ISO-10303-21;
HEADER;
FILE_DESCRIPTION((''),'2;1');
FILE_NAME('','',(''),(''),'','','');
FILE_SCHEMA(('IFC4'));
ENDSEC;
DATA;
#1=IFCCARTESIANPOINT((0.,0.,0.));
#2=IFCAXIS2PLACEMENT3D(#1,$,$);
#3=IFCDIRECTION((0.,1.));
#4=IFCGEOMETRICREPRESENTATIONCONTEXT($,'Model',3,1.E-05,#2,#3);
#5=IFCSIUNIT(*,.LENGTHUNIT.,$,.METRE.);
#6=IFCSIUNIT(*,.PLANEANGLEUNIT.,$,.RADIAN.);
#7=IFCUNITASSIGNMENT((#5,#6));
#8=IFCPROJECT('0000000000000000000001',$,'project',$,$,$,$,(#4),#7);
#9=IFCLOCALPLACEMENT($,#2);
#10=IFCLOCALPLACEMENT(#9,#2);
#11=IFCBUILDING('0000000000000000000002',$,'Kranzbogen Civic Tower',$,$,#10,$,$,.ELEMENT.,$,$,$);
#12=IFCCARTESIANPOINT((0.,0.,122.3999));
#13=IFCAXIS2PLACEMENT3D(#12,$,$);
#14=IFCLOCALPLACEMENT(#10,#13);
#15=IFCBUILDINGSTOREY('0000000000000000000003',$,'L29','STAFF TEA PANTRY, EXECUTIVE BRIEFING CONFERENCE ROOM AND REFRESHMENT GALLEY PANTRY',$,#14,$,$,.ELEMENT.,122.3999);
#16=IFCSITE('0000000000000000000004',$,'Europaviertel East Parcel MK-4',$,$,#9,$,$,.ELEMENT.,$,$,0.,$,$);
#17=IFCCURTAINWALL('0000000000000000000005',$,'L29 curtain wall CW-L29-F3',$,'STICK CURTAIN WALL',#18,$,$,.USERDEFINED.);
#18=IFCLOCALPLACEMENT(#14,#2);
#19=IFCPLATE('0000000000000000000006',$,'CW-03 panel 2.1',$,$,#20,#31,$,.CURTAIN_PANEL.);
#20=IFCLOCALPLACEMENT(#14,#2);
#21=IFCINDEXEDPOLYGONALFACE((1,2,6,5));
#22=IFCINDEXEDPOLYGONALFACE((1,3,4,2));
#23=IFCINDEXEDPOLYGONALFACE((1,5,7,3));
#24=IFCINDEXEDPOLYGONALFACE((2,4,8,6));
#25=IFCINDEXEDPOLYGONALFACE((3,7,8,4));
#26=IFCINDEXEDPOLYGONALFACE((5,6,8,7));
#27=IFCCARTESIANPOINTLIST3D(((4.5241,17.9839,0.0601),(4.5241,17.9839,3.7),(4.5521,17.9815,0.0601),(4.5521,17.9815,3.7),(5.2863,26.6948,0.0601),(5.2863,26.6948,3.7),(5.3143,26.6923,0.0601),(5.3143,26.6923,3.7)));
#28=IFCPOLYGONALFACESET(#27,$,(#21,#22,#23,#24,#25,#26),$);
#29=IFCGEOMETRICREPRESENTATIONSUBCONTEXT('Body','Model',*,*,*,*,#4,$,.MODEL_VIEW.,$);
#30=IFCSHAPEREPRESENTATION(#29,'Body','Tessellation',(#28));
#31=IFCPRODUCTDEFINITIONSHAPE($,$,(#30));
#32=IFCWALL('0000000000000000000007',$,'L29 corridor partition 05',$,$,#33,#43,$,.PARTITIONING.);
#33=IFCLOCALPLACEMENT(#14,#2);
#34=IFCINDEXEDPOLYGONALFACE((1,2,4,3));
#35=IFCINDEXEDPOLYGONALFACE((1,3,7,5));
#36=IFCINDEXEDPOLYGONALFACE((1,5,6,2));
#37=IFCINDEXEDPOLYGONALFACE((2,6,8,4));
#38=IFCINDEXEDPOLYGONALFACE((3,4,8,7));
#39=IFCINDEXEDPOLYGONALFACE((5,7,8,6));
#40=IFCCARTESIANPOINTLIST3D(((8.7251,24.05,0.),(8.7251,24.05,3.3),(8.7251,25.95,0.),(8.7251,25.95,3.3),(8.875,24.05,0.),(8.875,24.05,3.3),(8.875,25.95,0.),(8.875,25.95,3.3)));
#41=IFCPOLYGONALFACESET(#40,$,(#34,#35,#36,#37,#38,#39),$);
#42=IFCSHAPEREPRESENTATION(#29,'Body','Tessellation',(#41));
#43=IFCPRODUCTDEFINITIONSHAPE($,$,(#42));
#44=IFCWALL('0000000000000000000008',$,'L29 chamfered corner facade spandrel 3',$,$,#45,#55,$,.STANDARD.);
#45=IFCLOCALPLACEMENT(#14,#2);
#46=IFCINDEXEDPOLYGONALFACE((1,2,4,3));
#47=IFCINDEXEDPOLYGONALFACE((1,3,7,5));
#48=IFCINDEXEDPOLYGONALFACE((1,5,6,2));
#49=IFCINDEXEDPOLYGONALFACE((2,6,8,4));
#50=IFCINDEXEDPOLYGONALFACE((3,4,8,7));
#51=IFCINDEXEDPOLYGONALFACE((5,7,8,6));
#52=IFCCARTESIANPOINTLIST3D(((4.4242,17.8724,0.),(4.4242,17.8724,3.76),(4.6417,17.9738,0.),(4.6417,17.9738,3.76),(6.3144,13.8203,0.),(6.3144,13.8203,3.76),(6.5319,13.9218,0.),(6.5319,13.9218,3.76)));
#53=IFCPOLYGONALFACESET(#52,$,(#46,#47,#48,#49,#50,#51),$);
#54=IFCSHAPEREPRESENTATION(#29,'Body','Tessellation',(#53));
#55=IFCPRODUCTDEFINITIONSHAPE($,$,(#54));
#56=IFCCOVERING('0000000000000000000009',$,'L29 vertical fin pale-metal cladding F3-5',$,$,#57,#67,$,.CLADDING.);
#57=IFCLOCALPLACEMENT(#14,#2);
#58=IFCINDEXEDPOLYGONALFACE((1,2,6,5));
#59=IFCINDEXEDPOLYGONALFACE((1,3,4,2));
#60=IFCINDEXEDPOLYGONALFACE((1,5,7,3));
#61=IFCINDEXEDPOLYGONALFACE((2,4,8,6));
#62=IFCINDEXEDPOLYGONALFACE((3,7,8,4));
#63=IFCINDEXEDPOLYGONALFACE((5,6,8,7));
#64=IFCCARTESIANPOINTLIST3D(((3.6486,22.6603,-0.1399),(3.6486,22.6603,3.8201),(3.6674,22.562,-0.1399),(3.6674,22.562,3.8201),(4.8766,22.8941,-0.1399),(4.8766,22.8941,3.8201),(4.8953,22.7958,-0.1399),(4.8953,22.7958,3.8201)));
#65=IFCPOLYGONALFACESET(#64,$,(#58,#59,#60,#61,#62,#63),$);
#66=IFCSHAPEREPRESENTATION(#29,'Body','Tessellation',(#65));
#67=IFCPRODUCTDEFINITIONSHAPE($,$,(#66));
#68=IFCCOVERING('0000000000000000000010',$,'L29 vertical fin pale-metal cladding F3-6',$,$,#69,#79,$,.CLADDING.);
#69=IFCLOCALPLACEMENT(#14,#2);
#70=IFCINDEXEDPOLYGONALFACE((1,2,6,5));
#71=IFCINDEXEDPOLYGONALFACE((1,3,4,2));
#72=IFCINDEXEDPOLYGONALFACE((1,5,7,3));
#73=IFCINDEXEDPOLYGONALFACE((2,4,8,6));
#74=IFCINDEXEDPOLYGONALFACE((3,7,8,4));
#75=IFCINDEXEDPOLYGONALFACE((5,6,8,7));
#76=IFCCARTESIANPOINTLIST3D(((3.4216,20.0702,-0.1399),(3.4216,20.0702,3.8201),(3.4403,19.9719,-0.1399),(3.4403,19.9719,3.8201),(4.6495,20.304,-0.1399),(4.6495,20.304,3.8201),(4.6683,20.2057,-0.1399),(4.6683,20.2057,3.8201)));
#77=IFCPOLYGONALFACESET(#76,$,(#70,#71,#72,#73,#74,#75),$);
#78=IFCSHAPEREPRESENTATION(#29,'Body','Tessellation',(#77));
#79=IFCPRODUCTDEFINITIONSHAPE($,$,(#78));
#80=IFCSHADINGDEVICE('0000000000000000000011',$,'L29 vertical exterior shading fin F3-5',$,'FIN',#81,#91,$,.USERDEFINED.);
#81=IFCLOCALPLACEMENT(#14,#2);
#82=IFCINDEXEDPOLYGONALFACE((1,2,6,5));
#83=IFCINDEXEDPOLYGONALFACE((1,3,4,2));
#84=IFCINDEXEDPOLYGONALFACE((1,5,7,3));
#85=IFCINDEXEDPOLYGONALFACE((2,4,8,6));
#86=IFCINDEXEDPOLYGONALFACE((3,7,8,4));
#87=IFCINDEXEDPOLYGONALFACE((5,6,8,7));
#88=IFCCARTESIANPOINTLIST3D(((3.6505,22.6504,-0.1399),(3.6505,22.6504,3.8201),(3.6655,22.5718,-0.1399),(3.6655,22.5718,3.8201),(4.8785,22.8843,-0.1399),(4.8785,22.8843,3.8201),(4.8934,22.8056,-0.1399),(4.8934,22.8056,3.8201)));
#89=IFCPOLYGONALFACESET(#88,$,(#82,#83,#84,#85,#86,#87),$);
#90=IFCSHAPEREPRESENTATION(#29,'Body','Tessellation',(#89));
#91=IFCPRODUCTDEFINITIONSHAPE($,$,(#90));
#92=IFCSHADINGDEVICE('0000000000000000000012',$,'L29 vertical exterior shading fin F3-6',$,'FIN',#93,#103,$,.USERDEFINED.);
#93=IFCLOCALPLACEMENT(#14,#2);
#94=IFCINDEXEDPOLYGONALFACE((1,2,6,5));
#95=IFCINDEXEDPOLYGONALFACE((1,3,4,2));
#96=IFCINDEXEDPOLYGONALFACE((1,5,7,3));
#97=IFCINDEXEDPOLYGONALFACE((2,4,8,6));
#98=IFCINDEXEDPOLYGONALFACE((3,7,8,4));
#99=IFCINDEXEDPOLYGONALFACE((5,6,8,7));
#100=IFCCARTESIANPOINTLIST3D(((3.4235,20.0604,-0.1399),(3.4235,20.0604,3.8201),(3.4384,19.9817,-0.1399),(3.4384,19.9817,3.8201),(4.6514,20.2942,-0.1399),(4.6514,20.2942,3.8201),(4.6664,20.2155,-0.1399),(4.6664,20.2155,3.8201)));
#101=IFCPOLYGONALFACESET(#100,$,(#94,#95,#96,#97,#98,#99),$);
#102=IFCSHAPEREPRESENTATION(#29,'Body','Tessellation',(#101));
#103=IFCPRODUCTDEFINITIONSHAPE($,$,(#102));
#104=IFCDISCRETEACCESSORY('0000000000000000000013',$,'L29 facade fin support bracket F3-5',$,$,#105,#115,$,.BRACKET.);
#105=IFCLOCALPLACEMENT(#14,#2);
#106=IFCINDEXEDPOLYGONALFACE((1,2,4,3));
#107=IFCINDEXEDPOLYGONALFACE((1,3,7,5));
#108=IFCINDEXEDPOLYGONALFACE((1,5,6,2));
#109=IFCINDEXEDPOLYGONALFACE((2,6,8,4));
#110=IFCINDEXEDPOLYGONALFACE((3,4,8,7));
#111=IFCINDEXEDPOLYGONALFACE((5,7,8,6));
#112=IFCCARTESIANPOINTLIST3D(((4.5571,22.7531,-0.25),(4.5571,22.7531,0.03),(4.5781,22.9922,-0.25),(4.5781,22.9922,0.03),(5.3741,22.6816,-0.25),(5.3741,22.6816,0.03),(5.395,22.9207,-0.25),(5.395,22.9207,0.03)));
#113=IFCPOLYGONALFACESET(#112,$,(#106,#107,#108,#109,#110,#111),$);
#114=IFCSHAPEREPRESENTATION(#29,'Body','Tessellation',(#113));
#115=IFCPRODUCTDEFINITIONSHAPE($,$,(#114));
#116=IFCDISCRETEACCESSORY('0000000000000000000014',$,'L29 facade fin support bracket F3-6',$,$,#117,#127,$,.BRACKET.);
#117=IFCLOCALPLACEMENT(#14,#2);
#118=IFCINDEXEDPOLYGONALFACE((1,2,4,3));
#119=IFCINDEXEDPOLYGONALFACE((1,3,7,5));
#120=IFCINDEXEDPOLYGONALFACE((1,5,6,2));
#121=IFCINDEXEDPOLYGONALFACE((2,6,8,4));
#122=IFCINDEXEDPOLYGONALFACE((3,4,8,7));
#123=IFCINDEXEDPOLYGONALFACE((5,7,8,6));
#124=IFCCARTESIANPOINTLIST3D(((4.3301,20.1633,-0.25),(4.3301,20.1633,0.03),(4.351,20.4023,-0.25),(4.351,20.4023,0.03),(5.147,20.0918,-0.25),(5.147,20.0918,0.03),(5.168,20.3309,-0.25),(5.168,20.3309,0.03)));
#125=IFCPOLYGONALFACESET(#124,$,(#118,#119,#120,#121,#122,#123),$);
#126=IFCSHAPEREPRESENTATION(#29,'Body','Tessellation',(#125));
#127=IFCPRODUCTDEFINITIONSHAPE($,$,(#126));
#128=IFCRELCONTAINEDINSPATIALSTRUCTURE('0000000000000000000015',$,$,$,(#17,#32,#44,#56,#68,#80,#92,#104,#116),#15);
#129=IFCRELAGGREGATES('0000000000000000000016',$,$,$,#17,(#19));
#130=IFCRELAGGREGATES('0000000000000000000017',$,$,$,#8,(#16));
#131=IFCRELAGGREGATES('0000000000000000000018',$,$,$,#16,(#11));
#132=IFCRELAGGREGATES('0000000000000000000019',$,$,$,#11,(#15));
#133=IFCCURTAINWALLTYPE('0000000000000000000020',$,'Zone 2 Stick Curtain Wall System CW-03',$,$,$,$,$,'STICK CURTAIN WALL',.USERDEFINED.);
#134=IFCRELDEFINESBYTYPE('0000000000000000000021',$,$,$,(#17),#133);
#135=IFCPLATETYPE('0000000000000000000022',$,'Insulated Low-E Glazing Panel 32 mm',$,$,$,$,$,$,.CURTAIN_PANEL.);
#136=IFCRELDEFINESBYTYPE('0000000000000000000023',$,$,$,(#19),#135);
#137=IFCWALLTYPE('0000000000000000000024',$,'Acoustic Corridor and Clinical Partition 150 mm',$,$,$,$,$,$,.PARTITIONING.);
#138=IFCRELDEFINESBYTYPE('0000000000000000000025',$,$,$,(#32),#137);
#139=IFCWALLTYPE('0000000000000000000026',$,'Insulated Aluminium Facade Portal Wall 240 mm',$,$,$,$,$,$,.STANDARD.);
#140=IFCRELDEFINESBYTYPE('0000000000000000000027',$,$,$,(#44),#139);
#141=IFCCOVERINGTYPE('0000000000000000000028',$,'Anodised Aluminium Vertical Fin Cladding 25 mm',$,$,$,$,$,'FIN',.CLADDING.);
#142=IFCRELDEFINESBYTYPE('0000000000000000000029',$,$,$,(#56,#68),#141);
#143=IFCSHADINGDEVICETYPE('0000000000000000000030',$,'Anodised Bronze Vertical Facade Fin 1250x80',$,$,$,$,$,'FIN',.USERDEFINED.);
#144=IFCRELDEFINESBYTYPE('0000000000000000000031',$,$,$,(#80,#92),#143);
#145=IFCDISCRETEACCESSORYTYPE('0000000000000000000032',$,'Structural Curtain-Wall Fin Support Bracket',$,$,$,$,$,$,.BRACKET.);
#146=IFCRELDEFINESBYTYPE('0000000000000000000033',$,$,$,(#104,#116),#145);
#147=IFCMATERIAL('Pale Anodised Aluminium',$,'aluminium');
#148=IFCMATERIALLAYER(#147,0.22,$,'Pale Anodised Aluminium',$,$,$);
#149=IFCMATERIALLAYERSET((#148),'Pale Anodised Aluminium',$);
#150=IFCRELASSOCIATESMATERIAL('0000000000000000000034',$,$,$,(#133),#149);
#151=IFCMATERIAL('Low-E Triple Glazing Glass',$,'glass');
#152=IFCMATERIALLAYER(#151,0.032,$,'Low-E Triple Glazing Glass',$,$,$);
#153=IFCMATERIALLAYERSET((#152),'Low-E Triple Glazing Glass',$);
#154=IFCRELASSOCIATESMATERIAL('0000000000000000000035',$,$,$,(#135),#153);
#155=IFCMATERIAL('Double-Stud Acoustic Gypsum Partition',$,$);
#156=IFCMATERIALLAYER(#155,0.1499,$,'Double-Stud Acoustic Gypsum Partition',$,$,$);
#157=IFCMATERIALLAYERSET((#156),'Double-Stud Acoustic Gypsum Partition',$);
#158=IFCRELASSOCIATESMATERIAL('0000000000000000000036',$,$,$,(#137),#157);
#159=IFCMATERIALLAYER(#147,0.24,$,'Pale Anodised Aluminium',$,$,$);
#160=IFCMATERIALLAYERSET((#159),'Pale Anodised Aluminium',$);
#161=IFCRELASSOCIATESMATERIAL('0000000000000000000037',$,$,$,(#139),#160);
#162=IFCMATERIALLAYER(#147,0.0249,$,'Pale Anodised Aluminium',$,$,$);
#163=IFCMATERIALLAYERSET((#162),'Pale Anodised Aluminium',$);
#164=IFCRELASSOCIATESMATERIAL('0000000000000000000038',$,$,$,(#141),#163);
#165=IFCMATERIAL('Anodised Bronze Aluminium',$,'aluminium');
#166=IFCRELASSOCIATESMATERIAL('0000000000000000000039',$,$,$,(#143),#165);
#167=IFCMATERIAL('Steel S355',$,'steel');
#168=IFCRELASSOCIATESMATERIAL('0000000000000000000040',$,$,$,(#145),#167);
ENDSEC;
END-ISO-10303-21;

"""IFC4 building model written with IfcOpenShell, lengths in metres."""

from ifc_helpers import new_model, si_unit, direction, frame, frame_2d, origin, origin_2d, place, context, subcontext, project, spatial, rectangle, extrude, material, layer, layer_set, type_object, element, aggregate, save


model = new_model("IFC4")

# Units and contexts
model_context = context("Model", 3, precision=1e-05, world=origin(), true_north=direction((0.0, 1.0)))
body_context = subcontext(model_context, "Body", "Model", "MODEL_VIEW")
ifc_project = project(units=[si_unit("LENGTHUNIT", "METRE"), si_unit("PLANEANGLEUNIT", "RADIAN")], contexts=[model_context])

# Site, building, storey
site_placement = place(None, origin())
site = spatial("IfcSite", under=ifc_project, at=site_placement, Name="Europaviertel East Parcel MK-4", CompositionType="ELEMENT", RefElevation=0.0)
building_placement = place(site_placement, origin())
building = spatial("IfcBuilding", under=site, at=building_placement, Name="Kranzbogen Civic Tower", CompositionType="ELEMENT")
storey_placement = place(building_placement, frame((0.0, 0.0, 122.3999)))
storey = spatial("IfcBuildingStorey", under=building, at=storey_placement, Name="L29", Description="STAFF TEA PANTRY, EXECUTIVE BRIEFING CONFERENCE ROOM AND REFRESHMENT GALLEY PANTRY", CompositionType="ELEMENT", Elevation=122.3999)

# Shared definitions
ifc_material_1 = material(Name="Steel S355", Category="steel")

# Curtain wall
ifc_material_2 = material(Name="Pale Anodised Aluminium", Category="aluminium")
ifc_layer_1 = layer(ifc_material_2, 0.22, Name="Pale Anodised Aluminium")
ifc_layer_set_1 = layer_set([ifc_layer_1], Name="Pale Anodised Aluminium")
curtain_wall_type = type_object("IfcCurtainWallType", Name="Zone 2 Stick Curtain Wall System CW-03", ElementType="STICK CURTAIN WALL", PredefinedType="USERDEFINED", material=ifc_layer_set_1)
curtain_wall_placement = place(storey_placement, origin())
curtain_wall = element("IfcCurtainWall", 1, at=curtain_wall_placement, inside=storey, type_object=curtain_wall_type, Name="L29 curtain wall CW-L29-F3", ObjectType="STICK CURTAIN WALL", PredefinedType="USERDEFINED")

# Plate
ifc_material_3 = material(Name="Low-E Triple Glazing Glass", Category="glass")
ifc_layer_2 = layer(ifc_material_3, 0.032, Name="Low-E Triple Glazing Glass")
ifc_layer_set_2 = layer_set([ifc_layer_2], Name="Low-E Triple Glazing Glass")
plate_type = type_object("IfcPlateType", Name="Insulated Low-E Glazing Panel 32 mm", PredefinedType="CURTAIN_PANEL", material=ifc_layer_set_2)
plate_placement = place(storey_placement, frame((4.9192, 22.3381, 0.0601), z_axis=(0.0, 0.0, 1.0), x_axis=(-0.087162, -0.996194, 0.0)))
plate = element("IfcPlate", 2, at=plate_placement, type_object=plate_type, Name="CW-03 panel 2.1", PredefinedType="CURTAIN_PANEL", context=body_context, shape_type="SweptSolid", body=[
    extrude(rectangle(XDim=8.7441, YDim=0.0281, at=origin_2d()), origin(), (0.0, 0.0, 1.0), 3.6399),
])
aggregate(curtain_wall, [plate])

# Walls
ifc_material_4 = material(Name="Double-Stud Acoustic Gypsum Partition")
ifc_layer_3 = layer(ifc_material_4, 0.1499, Name="Double-Stud Acoustic Gypsum Partition")
ifc_layer_set_3 = layer_set([ifc_layer_3], Name="Double-Stud Acoustic Gypsum Partition")
wall_type_1 = type_object("IfcWallType", Name="Acoustic Corridor and Clinical Partition 150 mm", PredefinedType="PARTITIONING", material=ifc_layer_set_3)
wall_1_placement = place(storey_placement, frame((8.8, 24.05, 0.0), z_axis=(0.0, 0.0, 1.0), x_axis=(0.0, 1.0, 0.0)))
element("IfcWall", 3, at=wall_1_placement, inside=storey, type_object=wall_type_1, Name="L29 corridor partition 05", PredefinedType="PARTITIONING", context=body_context, shape_type="SweptSolid", body=[
    extrude(rectangle(XDim=1.8999, YDim=0.1499, at=frame_2d((0.95, 0.0))), origin(), (0.0, 0.0, 1.0), 3.3),
])
ifc_layer_4 = layer(ifc_material_2, 0.24, Name="Pale Anodised Aluminium")
ifc_layer_set_4 = layer_set([ifc_layer_4], Name="Pale Anodised Aluminium")
wall_type_2 = type_object("IfcWallType", Name="Insulated Aluminium Facade Portal Wall 240 mm", PredefinedType="STANDARD", material=ifc_layer_set_4)
wall_2_placement = place(storey_placement, frame((4.533, 17.9231, 0.0), z_axis=(0.0, 0.0, 1.0), x_axis=(0.422739, -0.906251, 0.0)))
element("IfcWall", 4, at=wall_2_placement, inside=storey, type_object=wall_type_2, Name="L29 chamfered corner facade spandrel 3", PredefinedType="STANDARD", context=body_context, shape_type="SweptSolid", body=[
    extrude(rectangle(XDim=4.4712, YDim=0.24, at=frame_2d((2.2356, 0.0))), origin(), (0.0, 0.0, 1.0), 3.76),
])

# Coverings
ifc_layer_5 = layer(ifc_material_2, 0.0249, Name="Pale Anodised Aluminium")
ifc_layer_set_5 = layer_set([ifc_layer_5], Name="Pale Anodised Aluminium")
covering_type = type_object("IfcCoveringType", Name="Anodised Aluminium Vertical Fin Cladding 25 mm", ElementType="FIN", PredefinedType="CLADDING", material=ifc_layer_set_5)
for number, where, z_axis, x_axis, name in (
    (5, (4.272, 22.728, -0.1399), (0.0, 0.0, 1.0), (-0.982349, -0.187056, 0.0), "L29 vertical fin pale-metal cladding F3-5"),
    (6, (4.0449, 20.1379, -0.1399), (0.0, 0.0, 1.0), (-0.982349, -0.187056, 0.0), "L29 vertical fin pale-metal cladding F3-6"),
):
    element("IfcCovering", number, at=place(storey_placement, frame(where, z_axis=z_axis, x_axis=x_axis)), inside=storey, type_object=covering_type, Name=name, PredefinedType="CLADDING", context=body_context, shape_type="SweptSolid", body=[
        extrude(rectangle(XDim=1.25, YDim=0.1001, at=origin_2d()), origin(), (0.0, 0.0, 1.0), 3.96),
    ])

# Shading devices
ifc_material_5 = material(Name="Anodised Bronze Aluminium", Category="aluminium")
shading_device_type = type_object("IfcShadingDeviceType", Name="Anodised Bronze Vertical Facade Fin 1250x80", ElementType="FIN", PredefinedType="USERDEFINED", material=ifc_material_5)
for number, where, z_axis, x_axis, name in (
    (7, (4.272, 22.728, -0.1399), (0.0, 0.0, 1.0), (-0.982349, -0.187056, 0.0), "L29 vertical exterior shading fin F3-5"),
    (8, (4.0449, 20.1379, -0.1399), (0.0, 0.0, 1.0), (-0.982349, -0.187056, 0.0), "L29 vertical exterior shading fin F3-6"),
):
    element("IfcShadingDevice", number, at=place(storey_placement, frame(where, z_axis=z_axis, x_axis=x_axis)), inside=storey, type_object=shading_device_type, Name=name, ObjectType="FIN", PredefinedType="USERDEFINED", context=body_context, shape_type="SweptSolid", body=[
        extrude(rectangle(XDim=1.25, YDim=0.0801, at=origin_2d()), origin(), (0.0, 0.0, 1.0), 3.96),
    ])

# Discrete accessories
discrete_accessory_type = type_object("IfcDiscreteAccessoryType", Name="Structural Curtain-Wall Fin Support Bracket", PredefinedType="BRACKET", material=ifc_material_1)
for number, where, z_axis, x_axis, name in (
    (9, (4.9761, 22.8369, -0.25), (0.0, 0.0, 1.0), (-0.996195, 0.087156, 0.0), "L29 facade fin support bracket F3-5"),
    (10, (4.749, 20.2471, -0.25), (0.0, 0.0, 1.0), (-0.996195, 0.087156, 0.0), "L29 facade fin support bracket F3-6"),
):
    element("IfcDiscreteAccessory", number, at=place(storey_placement, frame(where, z_axis=z_axis, x_axis=x_axis)), inside=storey, type_object=discrete_accessory_type, Name=name, PredefinedType="BRACKET", context=body_context, shape_type="SweptSolid", body=[
        extrude(rectangle(XDim=0.8201, YDim=0.24, at=origin_2d()), origin(), (0.0, 0.0, 1.0), 0.28),
    ])

save(model, "model.ifc")
